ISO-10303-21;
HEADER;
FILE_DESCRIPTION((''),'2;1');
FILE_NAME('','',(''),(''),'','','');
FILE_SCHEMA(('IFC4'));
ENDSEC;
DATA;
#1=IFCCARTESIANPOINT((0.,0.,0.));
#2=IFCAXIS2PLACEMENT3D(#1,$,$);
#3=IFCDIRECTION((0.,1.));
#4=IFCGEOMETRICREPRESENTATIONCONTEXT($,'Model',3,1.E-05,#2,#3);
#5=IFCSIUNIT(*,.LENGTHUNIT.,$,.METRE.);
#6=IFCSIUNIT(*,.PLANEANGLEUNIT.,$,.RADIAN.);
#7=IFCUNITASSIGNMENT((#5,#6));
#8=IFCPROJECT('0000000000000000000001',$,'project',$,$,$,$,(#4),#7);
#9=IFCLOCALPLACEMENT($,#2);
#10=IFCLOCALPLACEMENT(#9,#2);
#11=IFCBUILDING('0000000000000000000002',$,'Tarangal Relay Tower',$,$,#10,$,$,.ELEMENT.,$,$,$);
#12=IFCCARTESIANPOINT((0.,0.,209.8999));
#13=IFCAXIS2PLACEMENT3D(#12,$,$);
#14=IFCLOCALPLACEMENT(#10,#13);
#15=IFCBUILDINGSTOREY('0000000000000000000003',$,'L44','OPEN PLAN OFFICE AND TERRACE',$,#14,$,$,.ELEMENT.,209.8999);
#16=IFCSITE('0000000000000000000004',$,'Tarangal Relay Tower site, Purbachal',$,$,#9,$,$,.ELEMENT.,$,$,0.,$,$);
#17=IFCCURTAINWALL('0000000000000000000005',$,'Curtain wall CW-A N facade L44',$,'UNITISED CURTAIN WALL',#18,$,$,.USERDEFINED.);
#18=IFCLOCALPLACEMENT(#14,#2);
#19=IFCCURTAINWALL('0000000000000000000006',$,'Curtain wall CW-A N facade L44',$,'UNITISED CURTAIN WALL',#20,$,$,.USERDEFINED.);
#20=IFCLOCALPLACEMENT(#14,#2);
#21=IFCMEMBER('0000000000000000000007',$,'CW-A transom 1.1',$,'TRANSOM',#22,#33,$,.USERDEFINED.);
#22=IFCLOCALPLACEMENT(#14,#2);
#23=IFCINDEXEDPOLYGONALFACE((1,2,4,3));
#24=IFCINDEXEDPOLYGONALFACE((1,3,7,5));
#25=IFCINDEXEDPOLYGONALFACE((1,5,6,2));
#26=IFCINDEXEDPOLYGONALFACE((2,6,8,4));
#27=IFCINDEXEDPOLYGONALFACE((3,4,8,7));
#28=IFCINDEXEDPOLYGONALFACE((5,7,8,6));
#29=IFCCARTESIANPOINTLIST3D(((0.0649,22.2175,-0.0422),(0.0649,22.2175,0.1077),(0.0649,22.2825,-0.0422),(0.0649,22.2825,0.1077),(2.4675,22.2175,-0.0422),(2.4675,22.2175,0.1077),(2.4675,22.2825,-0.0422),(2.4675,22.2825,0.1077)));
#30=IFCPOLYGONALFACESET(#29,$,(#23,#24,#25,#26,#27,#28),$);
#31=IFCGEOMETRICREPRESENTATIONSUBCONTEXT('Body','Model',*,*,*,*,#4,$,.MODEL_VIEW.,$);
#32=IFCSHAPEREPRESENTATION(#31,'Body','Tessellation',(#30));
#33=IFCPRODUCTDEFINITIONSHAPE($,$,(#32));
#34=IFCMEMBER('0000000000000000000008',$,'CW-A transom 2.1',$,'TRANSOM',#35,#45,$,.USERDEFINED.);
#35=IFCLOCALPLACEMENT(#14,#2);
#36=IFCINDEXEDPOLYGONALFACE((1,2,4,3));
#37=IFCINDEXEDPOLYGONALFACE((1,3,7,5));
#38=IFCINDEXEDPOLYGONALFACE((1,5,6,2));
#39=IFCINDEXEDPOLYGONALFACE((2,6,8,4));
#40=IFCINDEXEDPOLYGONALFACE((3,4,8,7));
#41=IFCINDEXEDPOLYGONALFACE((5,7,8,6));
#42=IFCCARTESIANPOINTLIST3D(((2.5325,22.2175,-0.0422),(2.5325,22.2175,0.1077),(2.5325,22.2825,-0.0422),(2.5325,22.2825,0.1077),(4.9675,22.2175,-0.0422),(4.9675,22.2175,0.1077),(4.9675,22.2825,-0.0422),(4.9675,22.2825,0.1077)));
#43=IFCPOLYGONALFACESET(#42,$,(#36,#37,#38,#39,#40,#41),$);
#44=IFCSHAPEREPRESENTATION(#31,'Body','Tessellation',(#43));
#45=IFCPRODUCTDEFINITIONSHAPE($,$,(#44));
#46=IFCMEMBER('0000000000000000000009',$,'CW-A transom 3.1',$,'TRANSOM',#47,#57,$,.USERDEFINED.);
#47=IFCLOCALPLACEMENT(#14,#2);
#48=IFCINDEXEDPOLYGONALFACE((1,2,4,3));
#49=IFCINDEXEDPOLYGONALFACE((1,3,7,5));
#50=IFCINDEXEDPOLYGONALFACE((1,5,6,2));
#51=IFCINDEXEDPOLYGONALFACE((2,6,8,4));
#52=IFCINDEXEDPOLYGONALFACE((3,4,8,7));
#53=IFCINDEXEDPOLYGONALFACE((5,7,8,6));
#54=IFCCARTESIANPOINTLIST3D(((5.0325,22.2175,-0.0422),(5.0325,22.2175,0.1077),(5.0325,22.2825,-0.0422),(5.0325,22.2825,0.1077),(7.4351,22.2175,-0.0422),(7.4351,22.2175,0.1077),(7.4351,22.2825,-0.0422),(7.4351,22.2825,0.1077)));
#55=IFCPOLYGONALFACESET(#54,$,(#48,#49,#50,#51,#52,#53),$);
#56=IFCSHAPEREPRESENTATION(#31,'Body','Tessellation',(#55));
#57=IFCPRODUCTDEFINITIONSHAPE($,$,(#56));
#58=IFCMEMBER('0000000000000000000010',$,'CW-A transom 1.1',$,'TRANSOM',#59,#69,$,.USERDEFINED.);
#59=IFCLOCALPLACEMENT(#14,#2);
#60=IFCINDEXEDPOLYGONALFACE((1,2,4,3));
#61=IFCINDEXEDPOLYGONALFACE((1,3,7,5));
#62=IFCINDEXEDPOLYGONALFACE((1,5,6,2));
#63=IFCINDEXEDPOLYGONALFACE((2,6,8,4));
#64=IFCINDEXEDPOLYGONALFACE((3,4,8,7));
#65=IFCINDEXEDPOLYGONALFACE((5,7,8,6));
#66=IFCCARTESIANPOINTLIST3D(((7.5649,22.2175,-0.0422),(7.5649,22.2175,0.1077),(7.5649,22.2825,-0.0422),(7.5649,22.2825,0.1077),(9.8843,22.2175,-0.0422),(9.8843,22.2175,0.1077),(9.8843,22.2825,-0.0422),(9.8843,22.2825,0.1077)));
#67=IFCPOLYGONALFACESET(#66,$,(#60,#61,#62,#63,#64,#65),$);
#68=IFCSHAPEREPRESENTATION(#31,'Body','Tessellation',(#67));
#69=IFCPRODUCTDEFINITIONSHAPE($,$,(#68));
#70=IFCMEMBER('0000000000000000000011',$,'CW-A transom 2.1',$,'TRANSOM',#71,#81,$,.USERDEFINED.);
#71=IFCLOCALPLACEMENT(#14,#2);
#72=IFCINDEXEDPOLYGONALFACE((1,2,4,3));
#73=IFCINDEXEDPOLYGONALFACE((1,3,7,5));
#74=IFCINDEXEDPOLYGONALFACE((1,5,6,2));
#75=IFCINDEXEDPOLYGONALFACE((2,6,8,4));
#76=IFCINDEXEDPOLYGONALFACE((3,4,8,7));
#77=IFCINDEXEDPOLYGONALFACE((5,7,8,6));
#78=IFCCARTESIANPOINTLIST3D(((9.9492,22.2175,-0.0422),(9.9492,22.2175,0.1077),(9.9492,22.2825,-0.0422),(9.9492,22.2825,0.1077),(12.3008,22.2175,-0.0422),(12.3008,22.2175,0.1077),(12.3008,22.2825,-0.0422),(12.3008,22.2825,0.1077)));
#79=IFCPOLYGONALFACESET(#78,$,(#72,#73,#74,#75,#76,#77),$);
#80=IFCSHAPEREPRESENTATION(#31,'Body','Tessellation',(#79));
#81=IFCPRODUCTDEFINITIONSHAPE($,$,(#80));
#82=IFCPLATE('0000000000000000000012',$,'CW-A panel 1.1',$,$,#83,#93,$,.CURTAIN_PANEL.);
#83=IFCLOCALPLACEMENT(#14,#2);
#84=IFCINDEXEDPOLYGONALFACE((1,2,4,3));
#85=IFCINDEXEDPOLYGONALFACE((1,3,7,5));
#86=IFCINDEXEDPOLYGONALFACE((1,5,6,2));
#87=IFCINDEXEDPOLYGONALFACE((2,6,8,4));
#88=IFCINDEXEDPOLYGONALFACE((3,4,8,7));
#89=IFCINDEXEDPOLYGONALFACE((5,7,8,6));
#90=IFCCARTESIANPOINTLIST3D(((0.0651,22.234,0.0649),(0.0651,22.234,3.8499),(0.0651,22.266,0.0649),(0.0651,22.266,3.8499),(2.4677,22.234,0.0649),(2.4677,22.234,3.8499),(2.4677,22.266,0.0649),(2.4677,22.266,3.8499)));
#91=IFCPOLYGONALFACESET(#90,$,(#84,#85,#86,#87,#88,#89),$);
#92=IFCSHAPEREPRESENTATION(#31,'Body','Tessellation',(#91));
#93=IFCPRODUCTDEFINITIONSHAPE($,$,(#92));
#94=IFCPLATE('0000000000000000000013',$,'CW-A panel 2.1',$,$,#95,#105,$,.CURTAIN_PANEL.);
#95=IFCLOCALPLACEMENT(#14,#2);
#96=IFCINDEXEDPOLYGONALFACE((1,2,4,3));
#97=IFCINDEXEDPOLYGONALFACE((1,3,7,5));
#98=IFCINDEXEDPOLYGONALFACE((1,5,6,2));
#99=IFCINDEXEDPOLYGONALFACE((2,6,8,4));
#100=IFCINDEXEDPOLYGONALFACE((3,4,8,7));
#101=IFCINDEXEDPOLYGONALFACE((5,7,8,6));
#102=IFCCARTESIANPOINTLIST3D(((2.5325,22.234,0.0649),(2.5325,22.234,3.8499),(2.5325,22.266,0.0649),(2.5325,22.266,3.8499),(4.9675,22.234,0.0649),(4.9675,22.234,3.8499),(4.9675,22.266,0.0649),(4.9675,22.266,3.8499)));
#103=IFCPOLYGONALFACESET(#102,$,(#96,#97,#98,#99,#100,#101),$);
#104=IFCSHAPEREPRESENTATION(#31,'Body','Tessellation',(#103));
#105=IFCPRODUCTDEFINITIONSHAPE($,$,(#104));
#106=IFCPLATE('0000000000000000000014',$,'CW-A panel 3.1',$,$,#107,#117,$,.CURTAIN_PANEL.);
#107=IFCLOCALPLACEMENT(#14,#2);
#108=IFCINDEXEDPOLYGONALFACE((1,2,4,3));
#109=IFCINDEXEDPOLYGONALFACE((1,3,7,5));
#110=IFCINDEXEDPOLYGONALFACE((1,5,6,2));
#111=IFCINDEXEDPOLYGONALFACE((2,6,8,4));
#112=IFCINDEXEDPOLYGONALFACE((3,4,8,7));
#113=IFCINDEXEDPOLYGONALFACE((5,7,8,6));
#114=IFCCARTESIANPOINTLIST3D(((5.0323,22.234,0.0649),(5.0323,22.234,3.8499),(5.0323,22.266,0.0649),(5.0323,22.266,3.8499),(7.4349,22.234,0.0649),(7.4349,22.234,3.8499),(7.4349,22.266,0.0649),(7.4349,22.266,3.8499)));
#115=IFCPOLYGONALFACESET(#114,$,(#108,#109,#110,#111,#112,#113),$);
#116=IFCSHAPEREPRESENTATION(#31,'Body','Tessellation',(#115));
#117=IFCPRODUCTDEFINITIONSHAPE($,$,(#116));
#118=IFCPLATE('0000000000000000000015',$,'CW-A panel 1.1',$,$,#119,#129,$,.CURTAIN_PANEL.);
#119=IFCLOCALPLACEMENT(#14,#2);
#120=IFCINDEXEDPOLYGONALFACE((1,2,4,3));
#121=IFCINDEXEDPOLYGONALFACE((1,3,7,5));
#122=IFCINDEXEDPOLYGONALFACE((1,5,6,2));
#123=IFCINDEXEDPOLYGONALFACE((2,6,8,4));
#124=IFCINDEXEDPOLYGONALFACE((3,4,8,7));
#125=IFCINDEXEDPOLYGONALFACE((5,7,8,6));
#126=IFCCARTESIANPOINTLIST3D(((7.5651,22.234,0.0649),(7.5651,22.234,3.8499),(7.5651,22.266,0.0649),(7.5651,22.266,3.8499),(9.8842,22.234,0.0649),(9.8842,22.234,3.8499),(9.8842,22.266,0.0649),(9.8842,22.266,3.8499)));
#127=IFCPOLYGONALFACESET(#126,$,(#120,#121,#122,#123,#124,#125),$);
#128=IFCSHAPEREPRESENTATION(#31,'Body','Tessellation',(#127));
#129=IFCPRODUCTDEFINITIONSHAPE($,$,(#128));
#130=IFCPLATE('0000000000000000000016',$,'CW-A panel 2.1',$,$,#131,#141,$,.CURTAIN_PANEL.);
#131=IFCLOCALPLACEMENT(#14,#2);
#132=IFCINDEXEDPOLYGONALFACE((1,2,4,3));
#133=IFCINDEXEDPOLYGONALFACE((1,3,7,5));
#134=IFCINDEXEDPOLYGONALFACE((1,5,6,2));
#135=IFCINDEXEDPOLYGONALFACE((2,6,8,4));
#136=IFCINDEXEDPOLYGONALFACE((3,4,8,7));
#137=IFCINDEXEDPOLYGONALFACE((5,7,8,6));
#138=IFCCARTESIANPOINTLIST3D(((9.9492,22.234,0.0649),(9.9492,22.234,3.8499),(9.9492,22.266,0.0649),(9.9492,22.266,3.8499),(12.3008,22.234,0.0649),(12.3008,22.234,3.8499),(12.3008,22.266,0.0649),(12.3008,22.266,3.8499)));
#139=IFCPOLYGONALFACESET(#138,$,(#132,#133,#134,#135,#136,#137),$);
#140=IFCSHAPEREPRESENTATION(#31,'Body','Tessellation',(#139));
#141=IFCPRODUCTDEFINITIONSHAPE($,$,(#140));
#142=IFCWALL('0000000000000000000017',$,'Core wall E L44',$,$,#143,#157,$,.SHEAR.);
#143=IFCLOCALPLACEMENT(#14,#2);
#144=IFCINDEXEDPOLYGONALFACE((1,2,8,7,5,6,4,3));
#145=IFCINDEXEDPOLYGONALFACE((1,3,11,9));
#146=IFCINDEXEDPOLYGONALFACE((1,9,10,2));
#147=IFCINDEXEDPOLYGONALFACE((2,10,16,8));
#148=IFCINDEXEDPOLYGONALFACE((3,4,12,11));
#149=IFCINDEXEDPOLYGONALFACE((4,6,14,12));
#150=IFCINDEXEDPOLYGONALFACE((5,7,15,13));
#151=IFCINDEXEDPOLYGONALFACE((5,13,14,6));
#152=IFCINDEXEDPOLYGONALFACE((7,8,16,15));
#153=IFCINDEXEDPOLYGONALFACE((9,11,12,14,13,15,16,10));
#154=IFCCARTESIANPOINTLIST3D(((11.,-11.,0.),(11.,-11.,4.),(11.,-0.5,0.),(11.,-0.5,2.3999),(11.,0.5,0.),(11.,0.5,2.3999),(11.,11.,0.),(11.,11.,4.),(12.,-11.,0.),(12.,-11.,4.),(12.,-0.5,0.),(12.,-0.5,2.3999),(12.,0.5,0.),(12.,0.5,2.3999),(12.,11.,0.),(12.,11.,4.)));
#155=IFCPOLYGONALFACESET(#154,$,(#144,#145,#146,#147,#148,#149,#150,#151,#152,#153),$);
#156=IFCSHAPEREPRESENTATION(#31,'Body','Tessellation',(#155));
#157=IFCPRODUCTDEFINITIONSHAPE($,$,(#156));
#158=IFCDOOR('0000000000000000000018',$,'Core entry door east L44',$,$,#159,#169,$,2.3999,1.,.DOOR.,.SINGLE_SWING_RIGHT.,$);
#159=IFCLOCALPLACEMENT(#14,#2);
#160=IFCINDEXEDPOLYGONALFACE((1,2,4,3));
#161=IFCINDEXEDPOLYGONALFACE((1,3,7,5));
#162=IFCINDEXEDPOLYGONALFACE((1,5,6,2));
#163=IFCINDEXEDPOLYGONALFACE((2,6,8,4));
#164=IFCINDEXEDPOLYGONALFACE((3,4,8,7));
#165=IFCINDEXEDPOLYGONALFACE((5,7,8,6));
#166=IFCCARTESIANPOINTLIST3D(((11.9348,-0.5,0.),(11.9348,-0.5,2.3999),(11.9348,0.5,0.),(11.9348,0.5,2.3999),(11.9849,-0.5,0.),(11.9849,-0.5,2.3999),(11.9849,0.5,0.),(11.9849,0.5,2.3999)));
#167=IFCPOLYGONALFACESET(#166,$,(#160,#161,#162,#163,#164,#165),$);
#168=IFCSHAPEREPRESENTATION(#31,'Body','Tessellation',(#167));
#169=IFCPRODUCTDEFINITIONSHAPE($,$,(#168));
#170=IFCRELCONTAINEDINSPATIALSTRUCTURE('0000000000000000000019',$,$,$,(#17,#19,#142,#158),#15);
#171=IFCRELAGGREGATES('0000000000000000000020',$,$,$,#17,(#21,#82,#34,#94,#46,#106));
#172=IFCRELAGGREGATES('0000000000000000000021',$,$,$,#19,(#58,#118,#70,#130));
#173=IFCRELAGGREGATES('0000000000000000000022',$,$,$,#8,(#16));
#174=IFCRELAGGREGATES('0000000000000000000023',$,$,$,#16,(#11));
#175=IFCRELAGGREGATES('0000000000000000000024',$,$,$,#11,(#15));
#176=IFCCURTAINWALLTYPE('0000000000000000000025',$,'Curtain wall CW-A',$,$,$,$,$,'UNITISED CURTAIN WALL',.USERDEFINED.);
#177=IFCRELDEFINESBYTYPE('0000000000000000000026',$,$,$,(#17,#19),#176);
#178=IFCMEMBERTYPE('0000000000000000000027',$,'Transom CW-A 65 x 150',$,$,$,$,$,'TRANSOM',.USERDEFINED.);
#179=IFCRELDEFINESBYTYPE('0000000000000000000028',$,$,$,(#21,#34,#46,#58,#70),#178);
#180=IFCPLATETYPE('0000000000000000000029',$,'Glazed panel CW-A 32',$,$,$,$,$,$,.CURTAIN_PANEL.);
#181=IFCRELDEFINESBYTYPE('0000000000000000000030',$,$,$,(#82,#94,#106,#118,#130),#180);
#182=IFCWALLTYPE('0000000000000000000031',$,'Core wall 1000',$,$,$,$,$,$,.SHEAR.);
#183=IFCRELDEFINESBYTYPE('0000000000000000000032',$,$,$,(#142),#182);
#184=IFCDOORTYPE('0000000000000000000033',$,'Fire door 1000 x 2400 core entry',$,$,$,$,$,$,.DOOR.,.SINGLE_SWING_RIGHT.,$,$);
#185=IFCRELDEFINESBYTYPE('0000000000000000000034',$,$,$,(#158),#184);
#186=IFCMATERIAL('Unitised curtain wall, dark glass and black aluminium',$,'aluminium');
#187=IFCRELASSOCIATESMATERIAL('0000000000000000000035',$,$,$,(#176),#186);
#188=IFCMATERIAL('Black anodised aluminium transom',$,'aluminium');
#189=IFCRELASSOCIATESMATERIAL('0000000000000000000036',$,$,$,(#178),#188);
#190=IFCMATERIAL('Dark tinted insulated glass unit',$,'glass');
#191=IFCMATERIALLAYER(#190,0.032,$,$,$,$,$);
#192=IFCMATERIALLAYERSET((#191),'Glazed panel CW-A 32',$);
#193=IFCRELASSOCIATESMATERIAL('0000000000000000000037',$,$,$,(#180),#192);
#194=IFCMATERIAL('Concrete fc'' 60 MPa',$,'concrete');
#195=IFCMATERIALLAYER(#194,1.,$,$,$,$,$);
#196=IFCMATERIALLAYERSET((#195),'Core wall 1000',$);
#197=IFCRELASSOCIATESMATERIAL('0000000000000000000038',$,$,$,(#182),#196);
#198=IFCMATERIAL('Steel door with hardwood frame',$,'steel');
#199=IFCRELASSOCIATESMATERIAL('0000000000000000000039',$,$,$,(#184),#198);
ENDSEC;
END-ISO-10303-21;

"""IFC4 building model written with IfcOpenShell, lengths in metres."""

from ifc_helpers import new_model, si_unit, direction, frame, frame_2d, origin, origin_2d, place, context, subcontext, project, spatial, rectangle, extrude, material, layer, layer_set, material_profile, profile_set, type_object, element, fill, aggregate, save


model = new_model("IFC4")

# Units and contexts
model_context = context("Model", 3, precision=1e-05, world=origin(), true_north=direction((0.0, 1.0)))
body_context = subcontext(model_context, "Body", "Model", "MODEL_VIEW")
ifc_project = project(units=[si_unit("LENGTHUNIT", "METRE"), si_unit("PLANEANGLEUNIT", "RADIAN")], contexts=[model_context])

# Site, building, storey
site_placement = place(None, origin())
site = spatial("IfcSite", under=ifc_project, at=site_placement, Name="Tarangal Relay Tower site, Purbachal", CompositionType="ELEMENT", RefElevation=0.0)
building_placement = place(site_placement, origin())
building = spatial("IfcBuilding", under=site, at=building_placement, Name="Tarangal Relay Tower", CompositionType="ELEMENT")
storey_placement = place(building_placement, frame((0.0, 0.0, 209.8999)))
storey = spatial("IfcBuildingStorey", under=building, at=storey_placement, Name="L44", Description="OPEN PLAN OFFICE AND TERRACE", CompositionType="ELEMENT", Elevation=209.8999)

# Curtain walls
ifc_material_1 = material(Name="Unitised curtain wall, dark glass and black aluminium", Category="aluminium")
curtain_wall_type = type_object("IfcCurtainWallType", Name="Curtain wall CW-A", ElementType="UNITISED CURTAIN WALL", PredefinedType="USERDEFINED", material=ifc_material_1)
curtain_wall_1_placement = place(storey_placement, origin())
curtain_wall_1 = element("IfcCurtainWall", 1, at=curtain_wall_1_placement, inside=storey, type_object=curtain_wall_type, Name="Curtain wall CW-A N facade L44", ObjectType="UNITISED CURTAIN WALL", PredefinedType="USERDEFINED")
curtain_wall_2_placement = place(storey_placement, origin())
curtain_wall_2 = element("IfcCurtainWall", 2, at=curtain_wall_2_placement, inside=storey, type_object=curtain_wall_type, Name="Curtain wall CW-A N facade L44", ObjectType="UNITISED CURTAIN WALL", PredefinedType="USERDEFINED")

# Members
ifc_material_2 = material(Name="Black anodised aluminium transom", Category="aluminium")
ifc_material_profile_1 = material_profile(ifc_material_2, rectangle(XDim=0.0649, YDim=0.1499, at=origin_2d()), Name="CW-AT 65X150")
ifc_profile_set_1 = profile_set([ifc_material_profile_1], Name="Black anodised aluminium transom")
member_type_1 = type_object("IfcMemberType", Name="Transom CW-A 65 x 150", ElementType="TRANSOM", PredefinedType="USERDEFINED", material=ifc_profile_set_1)
member_1_placement = place(storey_placement, frame((0.0649, 22.25, 0.0327), z_axis=(1.0, 0.0, 0.0), x_axis=(0.0, 1.0, 0.0)))
member_1 = element("IfcMember", 3, at=member_1_placement, type_object=member_type_1, Name="CW-A transom 1.1", ObjectType="TRANSOM", PredefinedType="USERDEFINED", context=body_context, shape_type="SweptSolid", body=[
    extrude(rectangle(XDim=0.0649, YDim=0.1499, at=origin_2d()), origin(), (0.0, 0.0, 1.0), 2.4026),
])
member_2_placement = place(storey_placement, frame((2.5325, 22.25, 0.0327), z_axis=(1.0, 0.0, 0.0), x_axis=(0.0, 1.0, 0.0)))
member_2 = element("IfcMember", 4, at=member_2_placement, type_object=member_type_1, Name="CW-A transom 2.1", ObjectType="TRANSOM", PredefinedType="USERDEFINED", context=body_context, shape_type="SweptSolid", body=[
    extrude(rectangle(XDim=0.0649, YDim=0.1499, at=origin_2d()), origin(), (0.0, 0.0, 1.0), 2.4351),
])
member_3_placement = place(storey_placement, frame((5.0325, 22.25, 0.0327), z_axis=(1.0, 0.0, 0.0), x_axis=(0.0, 1.0, 0.0)))
member_3 = element("IfcMember", 5, at=member_3_placement, type_object=member_type_1, Name="CW-A transom 3.1", ObjectType="TRANSOM", PredefinedType="USERDEFINED", context=body_context, shape_type="SweptSolid", body=[
    extrude(rectangle(XDim=0.0649, YDim=0.1499, at=origin_2d()), origin(), (0.0, 0.0, 1.0), 2.4026),
])
member_4_placement = place(storey_placement, frame((7.5649, 22.25, 0.0327), z_axis=(1.0, 0.0, 0.0), x_axis=(0.0, 1.0, 0.0)))
member_4 = element("IfcMember", 6, at=member_4_placement, type_object=member_type_1, Name="CW-A transom 1.1", ObjectType="TRANSOM", PredefinedType="USERDEFINED", context=body_context, shape_type="SweptSolid", body=[
    extrude(rectangle(XDim=0.0649, YDim=0.1499, at=origin_2d()), origin(), (0.0, 0.0, 1.0), 2.3193),
])
member_5_placement = place(storey_placement, frame((9.9492, 22.25, 0.0327), z_axis=(1.0, 0.0, 0.0), x_axis=(0.0, 1.0, 0.0)))
member_5 = element("IfcMember", 7, at=member_5_placement, type_object=member_type_1, Name="CW-A transom 2.1", ObjectType="TRANSOM", PredefinedType="USERDEFINED", context=body_context, shape_type="SweptSolid", body=[
    extrude(rectangle(XDim=0.0649, YDim=0.1499, at=origin_2d()), origin(), (0.0, 0.0, 1.0), 2.3516),
])

# Plates
ifc_material_3 = material(Name="Dark tinted insulated glass unit", Category="glass")
ifc_layer_1 = layer(ifc_material_3, 0.032)
ifc_layer_set_1 = layer_set([ifc_layer_1], Name="Glazed panel CW-A 32")
plate_type = type_object("IfcPlateType", Name="Glazed panel CW-A 32", PredefinedType="CURTAIN_PANEL", material=ifc_layer_set_1)
plate_1_placement = place(storey_placement, frame((1.2664, 22.25, 0.0649), z_axis=(0.0, 0.0, 1.0), x_axis=(1.0, 0.0, 0.0)))
plate_1 = element("IfcPlate", 8, at=plate_1_placement, type_object=plate_type, Name="CW-A panel 1.1", PredefinedType="CURTAIN_PANEL", context=body_context, shape_type="SweptSolid", body=[
    extrude(rectangle(XDim=2.4026, YDim=0.032, at=origin_2d()), origin(), (0.0, 0.0, 1.0), 3.7849),
])
plate_2_placement = place(storey_placement, frame((3.75, 22.25, 0.0649), z_axis=(0.0, 0.0, 1.0), x_axis=(1.0, 0.0, 0.0)))
plate_2 = element("IfcPlate", 9, at=plate_2_placement, type_object=plate_type, Name="CW-A panel 2.1", PredefinedType="CURTAIN_PANEL", context=body_context, shape_type="SweptSolid", body=[
    extrude(rectangle(XDim=2.4351, YDim=0.032, at=origin_2d()), origin(), (0.0, 0.0, 1.0), 3.7849),
])
plate_3_placement = place(storey_placement, frame((6.2336, 22.25, 0.0649), z_axis=(0.0, 0.0, 1.0), x_axis=(1.0, 0.0, 0.0)))
plate_3 = element("IfcPlate", 10, at=plate_3_placement, type_object=plate_type, Name="CW-A panel 3.1", PredefinedType="CURTAIN_PANEL", context=body_context, shape_type="SweptSolid", body=[
    extrude(rectangle(XDim=2.4026, YDim=0.032, at=origin_2d()), origin(), (0.0, 0.0, 1.0), 3.7849),
])
aggregate(curtain_wall_1, [member_1, plate_1, member_2, plate_2, member_3, plate_3])
plate_4_placement = place(storey_placement, frame((8.7246, 22.25, 0.0649), z_axis=(0.0, 0.0, 1.0), x_axis=(1.0, 0.0, 0.0)))
plate_4 = element("IfcPlate", 11, at=plate_4_placement, type_object=plate_type, Name="CW-A panel 1.1", PredefinedType="CURTAIN_PANEL", context=body_context, shape_type="SweptSolid", body=[
    extrude(rectangle(XDim=2.3191, YDim=0.032, at=origin_2d()), origin(), (0.0, 0.0, 1.0), 3.7849),
])
plate_5_placement = place(storey_placement, frame((11.125, 22.25, 0.0649), z_axis=(0.0, 0.0, 1.0), x_axis=(1.0, 0.0, 0.0)))
plate_5 = element("IfcPlate", 12, at=plate_5_placement, type_object=plate_type, Name="CW-A panel 2.1", PredefinedType="CURTAIN_PANEL", context=body_context, shape_type="SweptSolid", body=[
    extrude(rectangle(XDim=2.3516, YDim=0.032, at=origin_2d()), origin(), (0.0, 0.0, 1.0), 3.7849),
])
aggregate(curtain_wall_2, [member_4, plate_4, member_5, plate_5])

# Wall, opening, door
ifc_material_4 = material(Name="Concrete fc' 60 MPa", Category="concrete")
ifc_layer_2 = layer(ifc_material_4, 1.0)
ifc_layer_set_2 = layer_set([ifc_layer_2], Name="Core wall 1000")
wall_type_1 = type_object("IfcWallType", Name="Core wall 1000", PredefinedType="SHEAR", material=ifc_layer_set_2)
wall_1_placement = place(storey_placement, frame((11.5, 11.0, 0.0), z_axis=(0.0, 0.0, 1.0), x_axis=(0.0, -1.0, 0.0)))
wall_1 = element("IfcWall", 13, at=wall_1_placement, inside=storey, type_object=wall_type_1, Name="Core wall E L44", PredefinedType="SHEAR", context=body_context, shape_type="SweptSolid", body=[
    extrude(rectangle(XDim=22.0, YDim=1.0, at=frame_2d((11.0, 0.0))), origin(), (0.0, 0.0, 1.0), 4.0),
])
opening_1_placement = place(wall_1_placement, frame((10.5, 0.0, 0.0)))
opening_1 = element("IfcOpeningElement", 14, at=opening_1_placement, cuts=wall_1, PredefinedType="OPENING", context=body_context, shape_type="SweptSolid", body=[
    extrude(rectangle(XDim=1.0, YDim=2.3999, at=frame_2d((0.5, 1.2))), frame((0.0, 0.51, 0.0), z_axis=(0.0, -1.0, 0.0), x_axis=(1.0, 0.0, 0.0)), (0.0, 0.0, 1.0), 1.02),
])
ifc_material_5 = material(Name="Steel door with hardwood frame", Category="steel")
door_type_1 = type_object("IfcDoorType", Name="Fire door 1000 x 2400 core entry", OperationType="SINGLE_SWING_RIGHT", PredefinedType="DOOR", material=ifc_material_5)
door_1_placement = place(opening_1_placement, origin())
door_1 = element("IfcDoor", 15, at=door_1_placement, inside=storey, type_object=door_type_1, Name="Core entry door east L44", OperationType="SINGLE_SWING_RIGHT", OverallHeight=2.3999, OverallWidth=1.0, PredefinedType="DOOR", context=body_context, shape_type="SweptSolid", body=[
    extrude(rectangle(XDim=1.0, YDim=2.3999, at=frame_2d((0.5, 1.2))), frame((0.0, 0.4849, 0.0), z_axis=(0.0, -1.0, 0.0), x_axis=(1.0, 0.0, 0.0)), (0.0, 0.0, 1.0), 0.05),
])
fill(opening_1, door_1)

save(model, "model.ifc")
